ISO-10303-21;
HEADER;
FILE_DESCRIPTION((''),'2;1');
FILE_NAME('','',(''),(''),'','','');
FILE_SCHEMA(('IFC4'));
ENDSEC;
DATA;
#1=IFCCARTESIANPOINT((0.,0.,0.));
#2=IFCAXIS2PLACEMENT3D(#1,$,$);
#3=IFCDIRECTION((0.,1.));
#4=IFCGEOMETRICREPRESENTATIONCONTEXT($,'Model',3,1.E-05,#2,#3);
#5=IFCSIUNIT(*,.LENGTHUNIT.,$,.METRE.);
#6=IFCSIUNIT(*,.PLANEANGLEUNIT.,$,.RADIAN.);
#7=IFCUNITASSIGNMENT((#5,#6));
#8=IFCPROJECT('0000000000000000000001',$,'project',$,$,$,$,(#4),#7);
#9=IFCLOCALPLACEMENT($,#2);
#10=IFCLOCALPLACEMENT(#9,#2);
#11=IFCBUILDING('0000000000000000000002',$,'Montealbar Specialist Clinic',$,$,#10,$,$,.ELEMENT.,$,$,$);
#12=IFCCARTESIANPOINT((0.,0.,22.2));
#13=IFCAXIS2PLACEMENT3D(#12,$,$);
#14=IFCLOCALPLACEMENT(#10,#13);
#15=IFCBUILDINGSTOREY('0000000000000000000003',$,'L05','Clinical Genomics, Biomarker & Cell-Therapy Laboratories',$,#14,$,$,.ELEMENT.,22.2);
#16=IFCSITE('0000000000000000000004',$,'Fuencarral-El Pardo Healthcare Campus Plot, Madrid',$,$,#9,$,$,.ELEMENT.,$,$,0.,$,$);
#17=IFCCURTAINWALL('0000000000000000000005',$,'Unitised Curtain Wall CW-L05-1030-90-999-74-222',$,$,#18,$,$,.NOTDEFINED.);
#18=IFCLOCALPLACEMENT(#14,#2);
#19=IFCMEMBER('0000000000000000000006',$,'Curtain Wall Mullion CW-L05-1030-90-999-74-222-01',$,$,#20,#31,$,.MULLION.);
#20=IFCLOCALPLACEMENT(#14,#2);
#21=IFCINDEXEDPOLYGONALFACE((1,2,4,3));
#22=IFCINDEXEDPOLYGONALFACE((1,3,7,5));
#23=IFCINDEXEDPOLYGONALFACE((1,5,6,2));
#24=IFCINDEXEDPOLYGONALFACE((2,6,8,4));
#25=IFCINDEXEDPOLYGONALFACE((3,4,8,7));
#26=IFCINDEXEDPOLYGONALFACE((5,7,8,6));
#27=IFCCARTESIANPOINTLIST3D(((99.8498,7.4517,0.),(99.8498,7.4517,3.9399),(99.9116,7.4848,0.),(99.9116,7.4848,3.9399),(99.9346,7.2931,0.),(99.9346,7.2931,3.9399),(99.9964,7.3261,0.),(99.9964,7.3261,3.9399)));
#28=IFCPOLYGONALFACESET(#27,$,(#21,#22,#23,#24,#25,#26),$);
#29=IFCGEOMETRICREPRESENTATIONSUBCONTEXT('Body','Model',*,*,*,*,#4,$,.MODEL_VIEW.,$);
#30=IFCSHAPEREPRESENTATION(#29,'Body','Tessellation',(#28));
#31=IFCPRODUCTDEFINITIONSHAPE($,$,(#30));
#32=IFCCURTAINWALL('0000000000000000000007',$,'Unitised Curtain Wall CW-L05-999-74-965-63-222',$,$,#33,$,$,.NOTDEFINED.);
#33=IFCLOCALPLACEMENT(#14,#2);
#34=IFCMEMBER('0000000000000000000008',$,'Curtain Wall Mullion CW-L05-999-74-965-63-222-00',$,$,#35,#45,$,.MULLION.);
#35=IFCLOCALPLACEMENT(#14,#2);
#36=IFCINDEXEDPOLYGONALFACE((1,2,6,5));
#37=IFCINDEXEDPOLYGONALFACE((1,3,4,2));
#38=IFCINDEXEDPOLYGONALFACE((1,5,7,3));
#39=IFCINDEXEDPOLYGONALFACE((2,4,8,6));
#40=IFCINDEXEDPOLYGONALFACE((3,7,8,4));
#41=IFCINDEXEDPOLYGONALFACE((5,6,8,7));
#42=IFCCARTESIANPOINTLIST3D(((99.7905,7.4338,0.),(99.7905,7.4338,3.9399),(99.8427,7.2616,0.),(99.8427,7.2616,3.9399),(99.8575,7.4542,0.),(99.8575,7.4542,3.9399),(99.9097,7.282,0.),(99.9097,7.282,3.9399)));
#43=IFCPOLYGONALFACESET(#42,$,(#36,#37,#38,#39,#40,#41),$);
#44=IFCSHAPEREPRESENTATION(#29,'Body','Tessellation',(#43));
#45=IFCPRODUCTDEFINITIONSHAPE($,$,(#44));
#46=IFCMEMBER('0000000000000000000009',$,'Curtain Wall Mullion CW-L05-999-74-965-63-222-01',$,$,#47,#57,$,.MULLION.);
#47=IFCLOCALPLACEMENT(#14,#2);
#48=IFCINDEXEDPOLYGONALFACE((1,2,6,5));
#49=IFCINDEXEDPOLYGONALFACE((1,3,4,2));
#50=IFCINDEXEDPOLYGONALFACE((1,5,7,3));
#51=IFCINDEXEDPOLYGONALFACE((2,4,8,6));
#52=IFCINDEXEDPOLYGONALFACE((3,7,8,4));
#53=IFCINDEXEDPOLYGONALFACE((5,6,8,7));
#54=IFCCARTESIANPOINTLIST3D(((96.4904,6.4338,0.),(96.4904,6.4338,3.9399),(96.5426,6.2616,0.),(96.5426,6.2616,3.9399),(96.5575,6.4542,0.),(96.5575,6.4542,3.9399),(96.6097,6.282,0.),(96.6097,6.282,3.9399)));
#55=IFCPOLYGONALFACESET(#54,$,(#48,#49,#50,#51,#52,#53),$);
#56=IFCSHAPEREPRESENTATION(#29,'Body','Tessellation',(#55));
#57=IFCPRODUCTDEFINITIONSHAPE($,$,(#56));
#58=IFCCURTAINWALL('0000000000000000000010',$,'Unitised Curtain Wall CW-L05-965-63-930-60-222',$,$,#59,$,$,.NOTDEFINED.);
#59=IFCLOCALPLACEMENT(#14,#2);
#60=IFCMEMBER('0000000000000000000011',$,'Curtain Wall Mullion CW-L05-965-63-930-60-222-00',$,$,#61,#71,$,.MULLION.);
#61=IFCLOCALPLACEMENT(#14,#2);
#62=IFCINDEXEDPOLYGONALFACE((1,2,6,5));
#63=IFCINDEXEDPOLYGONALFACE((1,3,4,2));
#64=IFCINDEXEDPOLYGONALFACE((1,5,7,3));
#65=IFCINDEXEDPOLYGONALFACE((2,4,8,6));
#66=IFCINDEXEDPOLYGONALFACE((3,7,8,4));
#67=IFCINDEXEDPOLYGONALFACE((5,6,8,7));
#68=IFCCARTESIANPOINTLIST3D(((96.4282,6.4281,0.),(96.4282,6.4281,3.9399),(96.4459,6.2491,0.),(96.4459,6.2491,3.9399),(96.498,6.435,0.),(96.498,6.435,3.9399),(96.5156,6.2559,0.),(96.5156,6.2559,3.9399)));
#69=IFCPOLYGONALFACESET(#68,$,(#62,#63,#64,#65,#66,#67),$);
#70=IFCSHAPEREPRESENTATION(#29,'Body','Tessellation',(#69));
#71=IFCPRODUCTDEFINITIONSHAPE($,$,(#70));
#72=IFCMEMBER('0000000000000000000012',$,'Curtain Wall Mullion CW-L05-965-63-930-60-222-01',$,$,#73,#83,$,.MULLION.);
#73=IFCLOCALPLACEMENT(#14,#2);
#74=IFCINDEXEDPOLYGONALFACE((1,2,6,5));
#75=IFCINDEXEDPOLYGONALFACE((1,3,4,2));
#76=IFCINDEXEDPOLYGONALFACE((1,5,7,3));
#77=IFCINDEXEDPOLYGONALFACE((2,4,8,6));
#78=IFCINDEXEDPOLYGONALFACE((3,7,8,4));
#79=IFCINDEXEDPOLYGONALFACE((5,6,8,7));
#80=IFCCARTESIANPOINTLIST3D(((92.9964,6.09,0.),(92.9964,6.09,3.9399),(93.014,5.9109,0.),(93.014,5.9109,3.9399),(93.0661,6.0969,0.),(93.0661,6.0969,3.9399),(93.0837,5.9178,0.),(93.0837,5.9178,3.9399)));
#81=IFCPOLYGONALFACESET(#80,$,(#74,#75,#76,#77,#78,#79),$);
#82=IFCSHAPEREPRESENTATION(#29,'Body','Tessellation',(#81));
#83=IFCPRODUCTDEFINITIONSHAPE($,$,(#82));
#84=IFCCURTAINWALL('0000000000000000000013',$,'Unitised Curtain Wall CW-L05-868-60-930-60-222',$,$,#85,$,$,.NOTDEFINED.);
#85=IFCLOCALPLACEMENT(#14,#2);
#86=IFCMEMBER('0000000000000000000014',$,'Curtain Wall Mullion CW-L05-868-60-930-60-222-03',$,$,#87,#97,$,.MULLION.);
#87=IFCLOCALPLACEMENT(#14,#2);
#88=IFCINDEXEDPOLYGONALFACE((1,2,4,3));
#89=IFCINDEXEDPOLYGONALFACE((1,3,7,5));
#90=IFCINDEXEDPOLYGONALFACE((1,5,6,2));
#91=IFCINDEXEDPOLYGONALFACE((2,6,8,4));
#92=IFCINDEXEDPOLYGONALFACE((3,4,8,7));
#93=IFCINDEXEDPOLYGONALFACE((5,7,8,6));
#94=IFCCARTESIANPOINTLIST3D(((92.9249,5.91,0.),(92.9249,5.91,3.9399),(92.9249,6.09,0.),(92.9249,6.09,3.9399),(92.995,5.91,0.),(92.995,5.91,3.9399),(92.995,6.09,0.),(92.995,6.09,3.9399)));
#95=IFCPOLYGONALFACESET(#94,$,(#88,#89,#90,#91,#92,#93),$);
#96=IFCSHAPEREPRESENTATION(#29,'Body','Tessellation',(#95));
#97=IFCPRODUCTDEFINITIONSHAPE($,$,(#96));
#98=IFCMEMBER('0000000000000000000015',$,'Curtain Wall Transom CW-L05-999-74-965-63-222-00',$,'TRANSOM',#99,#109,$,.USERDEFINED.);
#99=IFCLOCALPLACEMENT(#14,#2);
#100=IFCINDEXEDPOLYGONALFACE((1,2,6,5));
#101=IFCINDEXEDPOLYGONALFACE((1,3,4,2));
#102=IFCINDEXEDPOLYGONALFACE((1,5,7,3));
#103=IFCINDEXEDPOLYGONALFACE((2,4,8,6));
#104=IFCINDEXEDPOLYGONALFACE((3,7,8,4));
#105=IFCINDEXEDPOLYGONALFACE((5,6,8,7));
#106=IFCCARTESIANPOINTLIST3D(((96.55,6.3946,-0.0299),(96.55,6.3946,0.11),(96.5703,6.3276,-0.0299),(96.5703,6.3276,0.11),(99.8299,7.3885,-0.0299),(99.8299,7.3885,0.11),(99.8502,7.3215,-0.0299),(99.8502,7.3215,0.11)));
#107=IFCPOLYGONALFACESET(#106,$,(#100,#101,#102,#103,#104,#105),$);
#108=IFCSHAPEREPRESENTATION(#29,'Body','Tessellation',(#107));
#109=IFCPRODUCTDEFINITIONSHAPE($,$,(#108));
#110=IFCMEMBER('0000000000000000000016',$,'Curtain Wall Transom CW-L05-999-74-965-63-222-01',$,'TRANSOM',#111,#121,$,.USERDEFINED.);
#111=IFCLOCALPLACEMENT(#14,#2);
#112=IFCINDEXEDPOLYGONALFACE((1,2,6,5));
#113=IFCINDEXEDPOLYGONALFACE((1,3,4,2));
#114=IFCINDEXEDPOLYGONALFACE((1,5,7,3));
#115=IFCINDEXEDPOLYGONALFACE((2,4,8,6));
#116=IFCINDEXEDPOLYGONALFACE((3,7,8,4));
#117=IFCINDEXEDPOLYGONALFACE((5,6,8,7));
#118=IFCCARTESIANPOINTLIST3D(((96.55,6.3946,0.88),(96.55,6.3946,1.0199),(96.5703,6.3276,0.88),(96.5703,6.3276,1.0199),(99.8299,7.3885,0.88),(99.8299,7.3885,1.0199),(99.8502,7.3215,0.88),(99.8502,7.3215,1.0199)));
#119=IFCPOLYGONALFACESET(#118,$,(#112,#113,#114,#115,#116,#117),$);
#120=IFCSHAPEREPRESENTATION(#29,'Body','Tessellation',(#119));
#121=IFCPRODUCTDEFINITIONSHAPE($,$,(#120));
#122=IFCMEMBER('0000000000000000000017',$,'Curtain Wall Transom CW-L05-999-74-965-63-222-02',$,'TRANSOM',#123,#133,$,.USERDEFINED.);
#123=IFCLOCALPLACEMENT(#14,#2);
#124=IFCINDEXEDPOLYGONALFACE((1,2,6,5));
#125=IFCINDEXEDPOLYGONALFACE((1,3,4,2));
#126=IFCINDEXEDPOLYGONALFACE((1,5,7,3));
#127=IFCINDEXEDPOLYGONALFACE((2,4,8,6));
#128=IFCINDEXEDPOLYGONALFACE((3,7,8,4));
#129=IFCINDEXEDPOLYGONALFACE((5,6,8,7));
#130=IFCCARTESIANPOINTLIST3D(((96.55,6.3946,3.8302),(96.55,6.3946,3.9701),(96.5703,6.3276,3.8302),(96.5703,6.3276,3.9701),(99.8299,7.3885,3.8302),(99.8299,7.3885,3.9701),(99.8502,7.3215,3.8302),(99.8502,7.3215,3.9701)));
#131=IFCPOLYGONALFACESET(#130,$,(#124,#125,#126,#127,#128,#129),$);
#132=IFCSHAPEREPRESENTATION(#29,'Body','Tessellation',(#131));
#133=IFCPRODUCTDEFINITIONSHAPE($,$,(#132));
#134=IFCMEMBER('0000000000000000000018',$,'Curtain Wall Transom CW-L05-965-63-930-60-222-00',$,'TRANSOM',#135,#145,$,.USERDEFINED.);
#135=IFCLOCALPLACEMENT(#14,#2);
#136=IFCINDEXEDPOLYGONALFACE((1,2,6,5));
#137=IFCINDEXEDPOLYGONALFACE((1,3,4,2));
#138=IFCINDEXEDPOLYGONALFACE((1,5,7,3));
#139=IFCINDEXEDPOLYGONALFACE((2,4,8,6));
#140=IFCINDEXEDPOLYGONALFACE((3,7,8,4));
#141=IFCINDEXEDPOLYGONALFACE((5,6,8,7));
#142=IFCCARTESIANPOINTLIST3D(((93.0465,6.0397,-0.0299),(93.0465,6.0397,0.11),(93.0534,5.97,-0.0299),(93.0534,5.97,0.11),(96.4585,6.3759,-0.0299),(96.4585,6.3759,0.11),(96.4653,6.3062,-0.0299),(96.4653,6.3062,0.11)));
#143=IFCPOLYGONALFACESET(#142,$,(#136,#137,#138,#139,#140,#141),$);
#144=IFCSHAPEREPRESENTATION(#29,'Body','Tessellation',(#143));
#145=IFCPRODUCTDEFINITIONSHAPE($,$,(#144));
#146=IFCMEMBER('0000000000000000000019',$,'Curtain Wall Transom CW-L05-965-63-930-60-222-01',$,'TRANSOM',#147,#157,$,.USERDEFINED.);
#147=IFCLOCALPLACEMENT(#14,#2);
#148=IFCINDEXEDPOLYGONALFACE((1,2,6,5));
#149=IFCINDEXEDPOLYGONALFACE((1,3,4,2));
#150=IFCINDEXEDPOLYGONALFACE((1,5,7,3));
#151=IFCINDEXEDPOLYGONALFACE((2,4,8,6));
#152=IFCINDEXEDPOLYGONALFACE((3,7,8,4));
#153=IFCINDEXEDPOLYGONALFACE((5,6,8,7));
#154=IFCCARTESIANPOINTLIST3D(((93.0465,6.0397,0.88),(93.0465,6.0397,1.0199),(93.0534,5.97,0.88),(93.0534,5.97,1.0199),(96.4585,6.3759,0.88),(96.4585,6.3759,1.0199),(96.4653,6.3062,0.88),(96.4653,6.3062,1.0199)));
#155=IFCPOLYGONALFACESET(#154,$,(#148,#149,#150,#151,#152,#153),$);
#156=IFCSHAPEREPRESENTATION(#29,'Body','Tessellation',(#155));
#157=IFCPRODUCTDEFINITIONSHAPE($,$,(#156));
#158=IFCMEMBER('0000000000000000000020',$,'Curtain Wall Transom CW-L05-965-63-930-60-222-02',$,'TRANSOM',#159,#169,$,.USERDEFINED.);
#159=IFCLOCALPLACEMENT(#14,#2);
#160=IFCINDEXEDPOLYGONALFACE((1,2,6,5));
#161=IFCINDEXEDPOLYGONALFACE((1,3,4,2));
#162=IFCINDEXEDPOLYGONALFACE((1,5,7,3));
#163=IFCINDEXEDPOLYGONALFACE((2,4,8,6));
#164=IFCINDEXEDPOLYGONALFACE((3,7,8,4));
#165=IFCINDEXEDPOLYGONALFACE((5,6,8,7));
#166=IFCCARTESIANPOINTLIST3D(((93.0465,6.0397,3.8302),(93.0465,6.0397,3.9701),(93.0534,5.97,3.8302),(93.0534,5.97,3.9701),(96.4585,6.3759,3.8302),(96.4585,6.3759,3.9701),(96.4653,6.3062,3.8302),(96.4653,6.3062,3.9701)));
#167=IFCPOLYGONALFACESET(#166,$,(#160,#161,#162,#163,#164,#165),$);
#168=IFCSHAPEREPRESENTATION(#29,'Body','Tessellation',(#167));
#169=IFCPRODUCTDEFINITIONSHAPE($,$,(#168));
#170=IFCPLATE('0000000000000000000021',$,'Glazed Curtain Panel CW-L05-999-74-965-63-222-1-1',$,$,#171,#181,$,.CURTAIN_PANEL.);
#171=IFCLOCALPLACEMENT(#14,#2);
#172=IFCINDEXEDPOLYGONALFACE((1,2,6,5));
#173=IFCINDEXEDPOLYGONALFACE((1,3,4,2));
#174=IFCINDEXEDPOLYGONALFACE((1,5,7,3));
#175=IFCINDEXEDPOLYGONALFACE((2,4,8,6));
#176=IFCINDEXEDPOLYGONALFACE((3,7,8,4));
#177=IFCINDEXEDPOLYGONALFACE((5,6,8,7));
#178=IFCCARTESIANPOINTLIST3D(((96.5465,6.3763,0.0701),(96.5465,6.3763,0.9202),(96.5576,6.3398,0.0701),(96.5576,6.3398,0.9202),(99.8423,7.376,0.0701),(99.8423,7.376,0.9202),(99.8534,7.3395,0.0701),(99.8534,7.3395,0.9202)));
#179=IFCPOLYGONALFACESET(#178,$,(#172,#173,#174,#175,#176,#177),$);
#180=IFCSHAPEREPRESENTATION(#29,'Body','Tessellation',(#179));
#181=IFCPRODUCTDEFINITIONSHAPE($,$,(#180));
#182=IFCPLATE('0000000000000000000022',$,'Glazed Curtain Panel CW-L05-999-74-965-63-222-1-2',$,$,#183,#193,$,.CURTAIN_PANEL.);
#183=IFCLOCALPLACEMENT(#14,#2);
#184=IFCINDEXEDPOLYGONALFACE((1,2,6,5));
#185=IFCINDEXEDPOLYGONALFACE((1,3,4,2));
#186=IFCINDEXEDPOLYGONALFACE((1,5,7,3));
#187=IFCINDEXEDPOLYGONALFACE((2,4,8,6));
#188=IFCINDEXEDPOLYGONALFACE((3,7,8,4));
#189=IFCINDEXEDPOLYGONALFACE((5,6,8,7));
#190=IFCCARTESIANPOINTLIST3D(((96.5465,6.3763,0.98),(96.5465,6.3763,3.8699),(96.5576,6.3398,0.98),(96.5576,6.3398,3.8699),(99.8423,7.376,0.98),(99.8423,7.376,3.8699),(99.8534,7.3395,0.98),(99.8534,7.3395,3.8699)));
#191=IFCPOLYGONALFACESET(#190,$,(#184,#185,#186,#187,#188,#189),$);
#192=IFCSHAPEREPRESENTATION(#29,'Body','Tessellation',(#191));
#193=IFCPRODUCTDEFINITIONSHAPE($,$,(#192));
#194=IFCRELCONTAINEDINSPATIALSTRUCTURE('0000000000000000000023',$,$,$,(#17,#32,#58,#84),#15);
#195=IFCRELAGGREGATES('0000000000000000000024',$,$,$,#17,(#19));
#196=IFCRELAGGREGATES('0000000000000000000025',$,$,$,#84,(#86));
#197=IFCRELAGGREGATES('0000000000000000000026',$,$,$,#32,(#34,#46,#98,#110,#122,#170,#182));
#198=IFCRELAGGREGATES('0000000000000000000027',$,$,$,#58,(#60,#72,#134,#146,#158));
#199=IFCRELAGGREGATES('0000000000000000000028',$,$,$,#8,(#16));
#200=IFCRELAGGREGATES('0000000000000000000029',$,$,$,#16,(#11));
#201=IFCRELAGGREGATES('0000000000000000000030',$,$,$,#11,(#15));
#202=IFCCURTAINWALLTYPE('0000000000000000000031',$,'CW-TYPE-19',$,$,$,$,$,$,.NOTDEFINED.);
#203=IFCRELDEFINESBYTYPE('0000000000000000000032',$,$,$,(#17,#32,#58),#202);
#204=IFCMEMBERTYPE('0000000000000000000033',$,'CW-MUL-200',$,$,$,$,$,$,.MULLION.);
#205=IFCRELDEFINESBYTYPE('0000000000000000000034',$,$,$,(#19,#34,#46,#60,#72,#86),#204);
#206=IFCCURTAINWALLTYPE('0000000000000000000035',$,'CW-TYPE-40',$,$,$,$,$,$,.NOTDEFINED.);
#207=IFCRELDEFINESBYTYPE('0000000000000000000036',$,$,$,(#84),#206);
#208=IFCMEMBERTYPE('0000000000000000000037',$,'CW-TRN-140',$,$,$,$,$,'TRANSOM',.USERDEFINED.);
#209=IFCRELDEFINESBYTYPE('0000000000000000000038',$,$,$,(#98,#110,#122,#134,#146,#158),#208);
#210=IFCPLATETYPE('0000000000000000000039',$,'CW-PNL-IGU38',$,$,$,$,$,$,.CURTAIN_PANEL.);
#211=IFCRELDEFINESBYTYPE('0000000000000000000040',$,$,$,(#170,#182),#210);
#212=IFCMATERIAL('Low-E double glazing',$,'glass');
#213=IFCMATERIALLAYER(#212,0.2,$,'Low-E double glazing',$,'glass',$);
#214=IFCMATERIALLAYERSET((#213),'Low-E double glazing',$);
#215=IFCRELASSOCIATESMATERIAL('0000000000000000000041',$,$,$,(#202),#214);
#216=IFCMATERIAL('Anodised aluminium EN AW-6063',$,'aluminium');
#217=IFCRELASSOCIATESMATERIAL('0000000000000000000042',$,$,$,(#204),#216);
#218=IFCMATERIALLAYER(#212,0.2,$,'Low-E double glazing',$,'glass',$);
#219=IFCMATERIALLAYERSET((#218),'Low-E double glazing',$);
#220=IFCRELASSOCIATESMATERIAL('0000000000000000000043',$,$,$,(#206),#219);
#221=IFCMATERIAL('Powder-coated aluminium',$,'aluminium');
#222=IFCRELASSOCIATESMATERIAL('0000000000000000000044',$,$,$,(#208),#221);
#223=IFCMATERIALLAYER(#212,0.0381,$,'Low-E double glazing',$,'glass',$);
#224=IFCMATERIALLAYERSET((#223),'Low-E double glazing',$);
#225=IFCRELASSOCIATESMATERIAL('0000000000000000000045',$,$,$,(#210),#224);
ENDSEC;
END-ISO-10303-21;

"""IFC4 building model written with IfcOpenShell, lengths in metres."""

from ifc_helpers import new_model, si_unit, direction, frame, origin, origin_2d, place, context, subcontext, project, spatial, rectangle, extrude, material, layer, layer_set, material_profile, profile_set, type_object, element, aggregate, save


model = new_model("IFC4")

# Units and contexts
model_context = context("Model", 3, precision=1e-05, world=origin(), true_north=direction((0.0, 1.0)))
body_context = subcontext(model_context, "Body", "Model", "MODEL_VIEW")
ifc_project = project(units=[si_unit("LENGTHUNIT", "METRE"), si_unit("PLANEANGLEUNIT", "RADIAN")], contexts=[model_context])

# Site, building, storey
site_placement = place(None, origin())
site = spatial("IfcSite", under=ifc_project, at=site_placement, Name="Fuencarral-El Pardo Healthcare Campus Plot, Madrid", CompositionType="ELEMENT", RefElevation=0.0)
building_placement = place(site_placement, origin())
building = spatial("IfcBuilding", under=site, at=building_placement, Name="Montealbar Specialist Clinic", CompositionType="ELEMENT")
storey_placement = place(building_placement, frame((0.0, 0.0, 22.2)))
storey = spatial("IfcBuildingStorey", under=building, at=storey_placement, Name="L05", Description="Clinical Genomics, Biomarker & Cell-Therapy Laboratories", CompositionType="ELEMENT", Elevation=22.2)

# Curtain wall, member
ifc_material_1 = material(Name="Low-E double glazing", Category="glass")
ifc_layer_1 = layer(ifc_material_1, 0.2, Name="Low-E double glazing", Category="glass")
ifc_layer_set_1 = layer_set([ifc_layer_1], Name="Low-E double glazing")
curtain_wall_type_1 = type_object("IfcCurtainWallType", Name="CW-TYPE-19", PredefinedType="NOTDEFINED", material=ifc_layer_set_1)
curtain_wall_1_placement = place(storey_placement, origin())
curtain_wall_1 = element("IfcCurtainWall", 1, at=curtain_wall_1_placement, inside=storey, type_object=curtain_wall_type_1, Name="Unitised Curtain Wall CW-L05-1030-90-999-74-222", PredefinedType="NOTDEFINED")
ifc_material_2 = material(Name="Anodised aluminium EN AW-6063", Category="aluminium")
ifc_material_profile_1 = material_profile(ifc_material_2, rectangle(XDim=0.0701, YDim=0.1799, at=origin_2d()), Name="ALU 70x180", Category="aluminium")
ifc_profile_set_1 = profile_set([ifc_material_profile_1], Name="Anodised aluminium EN AW-6063")
member_type_1 = type_object("IfcMemberType", Name="CW-MUL-200", PredefinedType="MULLION", material=ifc_profile_set_1)
member_1_placement = place(storey_placement, frame((99.9231, 7.3889, 0.0), z_axis=(0.0, 0.0, 1.0), x_axis=(-0.88185, -0.471529, 0.0)))
member_1 = element("IfcMember", 2, at=member_1_placement, type_object=member_type_1, Name="Curtain Wall Mullion CW-L05-1030-90-999-74-222-01", PredefinedType="MULLION", context=body_context, shape_type="SweptSolid", body=[
    extrude(rectangle(XDim=0.0701, YDim=0.1799, at=origin_2d()), origin(), (0.0, 0.0, 1.0), 3.9399),
])
aggregate(curtain_wall_1, [member_1])

# Curtain walls, members
curtain_wall_2_placement = place(storey_placement, origin())
curtain_wall_2 = element("IfcCurtainWall", 3, at=curtain_wall_2_placement, inside=storey, type_object=curtain_wall_type_1, Name="Unitised Curtain Wall CW-L05-999-74-965-63-222", PredefinedType="NOTDEFINED")
member_2_placement = place(storey_placement, frame((99.8501, 7.3579, 0.0), z_axis=(0.0, 0.0, 1.0), x_axis=(-0.956948, -0.290259, 0.0)))
member_2 = element("IfcMember", 4, at=member_2_placement, type_object=member_type_1, Name="Curtain Wall Mullion CW-L05-999-74-965-63-222-00", PredefinedType="MULLION", context=body_context, shape_type="SweptSolid", body=[
    extrude(rectangle(XDim=0.0701, YDim=0.1799, at=origin_2d()), origin(), (0.0, 0.0, 1.0), 3.9399),
])
member_3_placement = place(storey_placement, frame((96.55, 6.3579, 0.0), z_axis=(0.0, 0.0, 1.0), x_axis=(-0.956948, -0.290259, 0.0)))
member_3 = element("IfcMember", 5, at=member_3_placement, type_object=member_type_1, Name="Curtain Wall Mullion CW-L05-999-74-965-63-222-01", PredefinedType="MULLION", context=body_context, shape_type="SweptSolid", body=[
    extrude(rectangle(XDim=0.0701, YDim=0.1799, at=origin_2d()), origin(), (0.0, 0.0, 1.0), 3.9399),
])
curtain_wall_3_placement = place(storey_placement, origin())
curtain_wall_3 = element("IfcCurtainWall", 6, at=curtain_wall_3_placement, inside=storey, type_object=curtain_wall_type_1, Name="Unitised Curtain Wall CW-L05-965-63-930-60-222", PredefinedType="NOTDEFINED")
member_4_placement = place(storey_placement, frame((96.4719, 6.342, 0.0), z_axis=(0.0, 0.0, 1.0), x_axis=(-0.995182, -0.098045, 0.0)))
member_4 = element("IfcMember", 7, at=member_4_placement, type_object=member_type_1, Name="Curtain Wall Mullion CW-L05-965-63-930-60-222-00", PredefinedType="MULLION", context=body_context, shape_type="SweptSolid", body=[
    extrude(rectangle(XDim=0.0701, YDim=0.1799, at=origin_2d()), origin(), (0.0, 0.0, 1.0), 3.9399),
])
member_5_placement = place(storey_placement, frame((93.04, 6.0039, 0.0), z_axis=(0.0, 0.0, 1.0), x_axis=(-0.995182, -0.098045, 0.0)))
member_5 = element("IfcMember", 8, at=member_5_placement, type_object=member_type_1, Name="Curtain Wall Mullion CW-L05-965-63-930-60-222-01", PredefinedType="MULLION", context=body_context, shape_type="SweptSolid", body=[
    extrude(rectangle(XDim=0.0701, YDim=0.1799, at=origin_2d()), origin(), (0.0, 0.0, 1.0), 3.9399),
])

# Curtain wall, member
ifc_layer_2 = layer(ifc_material_1, 0.2, Name="Low-E double glazing", Category="glass")
ifc_layer_set_2 = layer_set([ifc_layer_2], Name="Low-E double glazing")
curtain_wall_type_2 = type_object("IfcCurtainWallType", Name="CW-TYPE-40", PredefinedType="NOTDEFINED", material=ifc_layer_set_2)
curtain_wall_4_placement = place(storey_placement, origin())
curtain_wall_4 = element("IfcCurtainWall", 9, at=curtain_wall_4_placement, inside=storey, type_object=curtain_wall_type_2, Name="Unitised Curtain Wall CW-L05-868-60-930-60-222", PredefinedType="NOTDEFINED")
member_6_placement = place(storey_placement, frame((92.96, 6.0, 0.0), z_axis=(0.0, 0.0, 1.0), x_axis=(1.0, 0.0, 0.0)))
member_6 = element("IfcMember", 10, at=member_6_placement, type_object=member_type_1, Name="Curtain Wall Mullion CW-L05-868-60-930-60-222-03", PredefinedType="MULLION", context=body_context, shape_type="SweptSolid", body=[
    extrude(rectangle(XDim=0.0701, YDim=0.1799, at=origin_2d()), origin(), (0.0, 0.0, 1.0), 3.9399),
])
aggregate(curtain_wall_4, [member_6])

# Members
ifc_material_3 = material(Name="Powder-coated aluminium", Category="aluminium")
ifc_material_profile_2 = material_profile(ifc_material_3, rectangle(XDim=0.0701, YDim=0.1399, at=origin_2d()), Name="ALU 70x140", Category="aluminium")
ifc_profile_set_2 = profile_set([ifc_material_profile_2], Name="Powder-coated aluminium")
member_type_2 = type_object("IfcMemberType", Name="CW-TRN-140", ElementType="TRANSOM", PredefinedType="USERDEFINED", material=ifc_profile_set_2)
member_7_placement = place(storey_placement, frame((99.8401, 7.355, 0.04), z_axis=(-0.957029, -0.289994, 0.0), x_axis=(0.289994, -0.957029, 0.0)))
member_7 = element("IfcMember", 11, at=member_7_placement, type_object=member_type_2, Name="Curtain Wall Transom CW-L05-999-74-965-63-222-00", ObjectType="TRANSOM", PredefinedType="USERDEFINED", context=body_context, shape_type="SweptSolid", body=[
    extrude(rectangle(XDim=0.0701, YDim=0.1399, at=origin_2d()), origin(), (0.0, 0.0, 1.0), 3.4272),
])
member_8_placement = place(storey_placement, frame((99.8401, 7.355, 0.95), z_axis=(-0.957029, -0.289994, 0.0), x_axis=(0.289994, -0.957029, 0.0)))
member_8 = element("IfcMember", 12, at=member_8_placement, type_object=member_type_2, Name="Curtain Wall Transom CW-L05-999-74-965-63-222-01", ObjectType="TRANSOM", PredefinedType="USERDEFINED", context=body_context, shape_type="SweptSolid", body=[
    extrude(rectangle(XDim=0.0701, YDim=0.1399, at=origin_2d()), origin(), (0.0, 0.0, 1.0), 3.4272),
])
member_9_placement = place(storey_placement, frame((99.8401, 7.355, 3.9001), z_axis=(-0.957029, -0.289994, 0.0), x_axis=(0.289994, -0.957029, 0.0)))
member_9 = element("IfcMember", 13, at=member_9_placement, type_object=member_type_2, Name="Curtain Wall Transom CW-L05-999-74-965-63-222-02", ObjectType="TRANSOM", PredefinedType="USERDEFINED", context=body_context, shape_type="SweptSolid", body=[
    extrude(rectangle(XDim=0.0701, YDim=0.1399, at=origin_2d()), origin(), (0.0, 0.0, 1.0), 3.4272),
])
member_10_placement = place(storey_placement, frame((96.4619, 6.3411, 0.04), z_axis=(-0.995181, -0.098058, 0.0), x_axis=(0.098058, -0.995181, 0.0)))
member_10 = element("IfcMember", 14, at=member_10_placement, type_object=member_type_2, Name="Curtain Wall Transom CW-L05-965-63-930-60-222-00", ObjectType="TRANSOM", PredefinedType="USERDEFINED", context=body_context, shape_type="SweptSolid", body=[
    extrude(rectangle(XDim=0.0701, YDim=0.1399, at=origin_2d()), origin(), (0.0, 0.0, 1.0), 3.4285),
])
member_11_placement = place(storey_placement, frame((96.4619, 6.3411, 0.95), z_axis=(-0.995181, -0.098058, 0.0), x_axis=(0.098058, -0.995181, 0.0)))
member_11 = element("IfcMember", 15, at=member_11_placement, type_object=member_type_2, Name="Curtain Wall Transom CW-L05-965-63-930-60-222-01", ObjectType="TRANSOM", PredefinedType="USERDEFINED", context=body_context, shape_type="SweptSolid", body=[
    extrude(rectangle(XDim=0.0701, YDim=0.1399, at=origin_2d()), origin(), (0.0, 0.0, 1.0), 3.4285),
])
member_12_placement = place(storey_placement, frame((96.4619, 6.3411, 3.9001), z_axis=(-0.995181, -0.098058, 0.0), x_axis=(0.098058, -0.995181, 0.0)))
member_12 = element("IfcMember", 16, at=member_12_placement, type_object=member_type_2, Name="Curtain Wall Transom CW-L05-965-63-930-60-222-02", ObjectType="TRANSOM", PredefinedType="USERDEFINED", context=body_context, shape_type="SweptSolid", body=[
    extrude(rectangle(XDim=0.0701, YDim=0.1399, at=origin_2d()), origin(), (0.0, 0.0, 1.0), 3.4285),
])

# Plates
ifc_layer_3 = layer(ifc_material_1, 0.0381, Name="Low-E double glazing", Category="glass")
ifc_layer_set_3 = layer_set([ifc_layer_3], Name="Low-E double glazing")
plate_type = type_object("IfcPlateType", Name="CW-PNL-IGU38", PredefinedType="CURTAIN_PANEL", material=ifc_layer_set_3)
plate_1_placement = place(storey_placement, frame((98.2, 6.8579, 0.0701), z_axis=(0.0, 0.0, 1.0), x_axis=(-0.956948, -0.290259, 0.0)))
plate_1 = element("IfcPlate", 17, at=plate_1_placement, type_object=plate_type, Name="Glazed Curtain Panel CW-L05-999-74-965-63-222-1-1", PredefinedType="CURTAIN_PANEL", context=body_context, shape_type="SweptSolid", body=[
    extrude(rectangle(XDim=3.4441, YDim=0.0381, at=origin_2d()), origin(), (0.0, 0.0, 1.0), 0.8501),
])
plate_2_placement = place(storey_placement, frame((98.2, 6.8579, 0.98), z_axis=(0.0, 0.0, 1.0), x_axis=(-0.956948, -0.290259, 0.0)))
plate_2 = element("IfcPlate", 18, at=plate_2_placement, type_object=plate_type, Name="Glazed Curtain Panel CW-L05-999-74-965-63-222-1-2", PredefinedType="CURTAIN_PANEL", context=body_context, shape_type="SweptSolid", body=[
    extrude(rectangle(XDim=3.4441, YDim=0.0381, at=origin_2d()), origin(), (0.0, 0.0, 1.0), 2.8899),
])
aggregate(curtain_wall_2, [member_2, member_3, member_7, member_8, member_9, plate_1, plate_2])
aggregate(curtain_wall_3, [member_4, member_5, member_10, member_11, member_12])

save(model, "model.ifc")
